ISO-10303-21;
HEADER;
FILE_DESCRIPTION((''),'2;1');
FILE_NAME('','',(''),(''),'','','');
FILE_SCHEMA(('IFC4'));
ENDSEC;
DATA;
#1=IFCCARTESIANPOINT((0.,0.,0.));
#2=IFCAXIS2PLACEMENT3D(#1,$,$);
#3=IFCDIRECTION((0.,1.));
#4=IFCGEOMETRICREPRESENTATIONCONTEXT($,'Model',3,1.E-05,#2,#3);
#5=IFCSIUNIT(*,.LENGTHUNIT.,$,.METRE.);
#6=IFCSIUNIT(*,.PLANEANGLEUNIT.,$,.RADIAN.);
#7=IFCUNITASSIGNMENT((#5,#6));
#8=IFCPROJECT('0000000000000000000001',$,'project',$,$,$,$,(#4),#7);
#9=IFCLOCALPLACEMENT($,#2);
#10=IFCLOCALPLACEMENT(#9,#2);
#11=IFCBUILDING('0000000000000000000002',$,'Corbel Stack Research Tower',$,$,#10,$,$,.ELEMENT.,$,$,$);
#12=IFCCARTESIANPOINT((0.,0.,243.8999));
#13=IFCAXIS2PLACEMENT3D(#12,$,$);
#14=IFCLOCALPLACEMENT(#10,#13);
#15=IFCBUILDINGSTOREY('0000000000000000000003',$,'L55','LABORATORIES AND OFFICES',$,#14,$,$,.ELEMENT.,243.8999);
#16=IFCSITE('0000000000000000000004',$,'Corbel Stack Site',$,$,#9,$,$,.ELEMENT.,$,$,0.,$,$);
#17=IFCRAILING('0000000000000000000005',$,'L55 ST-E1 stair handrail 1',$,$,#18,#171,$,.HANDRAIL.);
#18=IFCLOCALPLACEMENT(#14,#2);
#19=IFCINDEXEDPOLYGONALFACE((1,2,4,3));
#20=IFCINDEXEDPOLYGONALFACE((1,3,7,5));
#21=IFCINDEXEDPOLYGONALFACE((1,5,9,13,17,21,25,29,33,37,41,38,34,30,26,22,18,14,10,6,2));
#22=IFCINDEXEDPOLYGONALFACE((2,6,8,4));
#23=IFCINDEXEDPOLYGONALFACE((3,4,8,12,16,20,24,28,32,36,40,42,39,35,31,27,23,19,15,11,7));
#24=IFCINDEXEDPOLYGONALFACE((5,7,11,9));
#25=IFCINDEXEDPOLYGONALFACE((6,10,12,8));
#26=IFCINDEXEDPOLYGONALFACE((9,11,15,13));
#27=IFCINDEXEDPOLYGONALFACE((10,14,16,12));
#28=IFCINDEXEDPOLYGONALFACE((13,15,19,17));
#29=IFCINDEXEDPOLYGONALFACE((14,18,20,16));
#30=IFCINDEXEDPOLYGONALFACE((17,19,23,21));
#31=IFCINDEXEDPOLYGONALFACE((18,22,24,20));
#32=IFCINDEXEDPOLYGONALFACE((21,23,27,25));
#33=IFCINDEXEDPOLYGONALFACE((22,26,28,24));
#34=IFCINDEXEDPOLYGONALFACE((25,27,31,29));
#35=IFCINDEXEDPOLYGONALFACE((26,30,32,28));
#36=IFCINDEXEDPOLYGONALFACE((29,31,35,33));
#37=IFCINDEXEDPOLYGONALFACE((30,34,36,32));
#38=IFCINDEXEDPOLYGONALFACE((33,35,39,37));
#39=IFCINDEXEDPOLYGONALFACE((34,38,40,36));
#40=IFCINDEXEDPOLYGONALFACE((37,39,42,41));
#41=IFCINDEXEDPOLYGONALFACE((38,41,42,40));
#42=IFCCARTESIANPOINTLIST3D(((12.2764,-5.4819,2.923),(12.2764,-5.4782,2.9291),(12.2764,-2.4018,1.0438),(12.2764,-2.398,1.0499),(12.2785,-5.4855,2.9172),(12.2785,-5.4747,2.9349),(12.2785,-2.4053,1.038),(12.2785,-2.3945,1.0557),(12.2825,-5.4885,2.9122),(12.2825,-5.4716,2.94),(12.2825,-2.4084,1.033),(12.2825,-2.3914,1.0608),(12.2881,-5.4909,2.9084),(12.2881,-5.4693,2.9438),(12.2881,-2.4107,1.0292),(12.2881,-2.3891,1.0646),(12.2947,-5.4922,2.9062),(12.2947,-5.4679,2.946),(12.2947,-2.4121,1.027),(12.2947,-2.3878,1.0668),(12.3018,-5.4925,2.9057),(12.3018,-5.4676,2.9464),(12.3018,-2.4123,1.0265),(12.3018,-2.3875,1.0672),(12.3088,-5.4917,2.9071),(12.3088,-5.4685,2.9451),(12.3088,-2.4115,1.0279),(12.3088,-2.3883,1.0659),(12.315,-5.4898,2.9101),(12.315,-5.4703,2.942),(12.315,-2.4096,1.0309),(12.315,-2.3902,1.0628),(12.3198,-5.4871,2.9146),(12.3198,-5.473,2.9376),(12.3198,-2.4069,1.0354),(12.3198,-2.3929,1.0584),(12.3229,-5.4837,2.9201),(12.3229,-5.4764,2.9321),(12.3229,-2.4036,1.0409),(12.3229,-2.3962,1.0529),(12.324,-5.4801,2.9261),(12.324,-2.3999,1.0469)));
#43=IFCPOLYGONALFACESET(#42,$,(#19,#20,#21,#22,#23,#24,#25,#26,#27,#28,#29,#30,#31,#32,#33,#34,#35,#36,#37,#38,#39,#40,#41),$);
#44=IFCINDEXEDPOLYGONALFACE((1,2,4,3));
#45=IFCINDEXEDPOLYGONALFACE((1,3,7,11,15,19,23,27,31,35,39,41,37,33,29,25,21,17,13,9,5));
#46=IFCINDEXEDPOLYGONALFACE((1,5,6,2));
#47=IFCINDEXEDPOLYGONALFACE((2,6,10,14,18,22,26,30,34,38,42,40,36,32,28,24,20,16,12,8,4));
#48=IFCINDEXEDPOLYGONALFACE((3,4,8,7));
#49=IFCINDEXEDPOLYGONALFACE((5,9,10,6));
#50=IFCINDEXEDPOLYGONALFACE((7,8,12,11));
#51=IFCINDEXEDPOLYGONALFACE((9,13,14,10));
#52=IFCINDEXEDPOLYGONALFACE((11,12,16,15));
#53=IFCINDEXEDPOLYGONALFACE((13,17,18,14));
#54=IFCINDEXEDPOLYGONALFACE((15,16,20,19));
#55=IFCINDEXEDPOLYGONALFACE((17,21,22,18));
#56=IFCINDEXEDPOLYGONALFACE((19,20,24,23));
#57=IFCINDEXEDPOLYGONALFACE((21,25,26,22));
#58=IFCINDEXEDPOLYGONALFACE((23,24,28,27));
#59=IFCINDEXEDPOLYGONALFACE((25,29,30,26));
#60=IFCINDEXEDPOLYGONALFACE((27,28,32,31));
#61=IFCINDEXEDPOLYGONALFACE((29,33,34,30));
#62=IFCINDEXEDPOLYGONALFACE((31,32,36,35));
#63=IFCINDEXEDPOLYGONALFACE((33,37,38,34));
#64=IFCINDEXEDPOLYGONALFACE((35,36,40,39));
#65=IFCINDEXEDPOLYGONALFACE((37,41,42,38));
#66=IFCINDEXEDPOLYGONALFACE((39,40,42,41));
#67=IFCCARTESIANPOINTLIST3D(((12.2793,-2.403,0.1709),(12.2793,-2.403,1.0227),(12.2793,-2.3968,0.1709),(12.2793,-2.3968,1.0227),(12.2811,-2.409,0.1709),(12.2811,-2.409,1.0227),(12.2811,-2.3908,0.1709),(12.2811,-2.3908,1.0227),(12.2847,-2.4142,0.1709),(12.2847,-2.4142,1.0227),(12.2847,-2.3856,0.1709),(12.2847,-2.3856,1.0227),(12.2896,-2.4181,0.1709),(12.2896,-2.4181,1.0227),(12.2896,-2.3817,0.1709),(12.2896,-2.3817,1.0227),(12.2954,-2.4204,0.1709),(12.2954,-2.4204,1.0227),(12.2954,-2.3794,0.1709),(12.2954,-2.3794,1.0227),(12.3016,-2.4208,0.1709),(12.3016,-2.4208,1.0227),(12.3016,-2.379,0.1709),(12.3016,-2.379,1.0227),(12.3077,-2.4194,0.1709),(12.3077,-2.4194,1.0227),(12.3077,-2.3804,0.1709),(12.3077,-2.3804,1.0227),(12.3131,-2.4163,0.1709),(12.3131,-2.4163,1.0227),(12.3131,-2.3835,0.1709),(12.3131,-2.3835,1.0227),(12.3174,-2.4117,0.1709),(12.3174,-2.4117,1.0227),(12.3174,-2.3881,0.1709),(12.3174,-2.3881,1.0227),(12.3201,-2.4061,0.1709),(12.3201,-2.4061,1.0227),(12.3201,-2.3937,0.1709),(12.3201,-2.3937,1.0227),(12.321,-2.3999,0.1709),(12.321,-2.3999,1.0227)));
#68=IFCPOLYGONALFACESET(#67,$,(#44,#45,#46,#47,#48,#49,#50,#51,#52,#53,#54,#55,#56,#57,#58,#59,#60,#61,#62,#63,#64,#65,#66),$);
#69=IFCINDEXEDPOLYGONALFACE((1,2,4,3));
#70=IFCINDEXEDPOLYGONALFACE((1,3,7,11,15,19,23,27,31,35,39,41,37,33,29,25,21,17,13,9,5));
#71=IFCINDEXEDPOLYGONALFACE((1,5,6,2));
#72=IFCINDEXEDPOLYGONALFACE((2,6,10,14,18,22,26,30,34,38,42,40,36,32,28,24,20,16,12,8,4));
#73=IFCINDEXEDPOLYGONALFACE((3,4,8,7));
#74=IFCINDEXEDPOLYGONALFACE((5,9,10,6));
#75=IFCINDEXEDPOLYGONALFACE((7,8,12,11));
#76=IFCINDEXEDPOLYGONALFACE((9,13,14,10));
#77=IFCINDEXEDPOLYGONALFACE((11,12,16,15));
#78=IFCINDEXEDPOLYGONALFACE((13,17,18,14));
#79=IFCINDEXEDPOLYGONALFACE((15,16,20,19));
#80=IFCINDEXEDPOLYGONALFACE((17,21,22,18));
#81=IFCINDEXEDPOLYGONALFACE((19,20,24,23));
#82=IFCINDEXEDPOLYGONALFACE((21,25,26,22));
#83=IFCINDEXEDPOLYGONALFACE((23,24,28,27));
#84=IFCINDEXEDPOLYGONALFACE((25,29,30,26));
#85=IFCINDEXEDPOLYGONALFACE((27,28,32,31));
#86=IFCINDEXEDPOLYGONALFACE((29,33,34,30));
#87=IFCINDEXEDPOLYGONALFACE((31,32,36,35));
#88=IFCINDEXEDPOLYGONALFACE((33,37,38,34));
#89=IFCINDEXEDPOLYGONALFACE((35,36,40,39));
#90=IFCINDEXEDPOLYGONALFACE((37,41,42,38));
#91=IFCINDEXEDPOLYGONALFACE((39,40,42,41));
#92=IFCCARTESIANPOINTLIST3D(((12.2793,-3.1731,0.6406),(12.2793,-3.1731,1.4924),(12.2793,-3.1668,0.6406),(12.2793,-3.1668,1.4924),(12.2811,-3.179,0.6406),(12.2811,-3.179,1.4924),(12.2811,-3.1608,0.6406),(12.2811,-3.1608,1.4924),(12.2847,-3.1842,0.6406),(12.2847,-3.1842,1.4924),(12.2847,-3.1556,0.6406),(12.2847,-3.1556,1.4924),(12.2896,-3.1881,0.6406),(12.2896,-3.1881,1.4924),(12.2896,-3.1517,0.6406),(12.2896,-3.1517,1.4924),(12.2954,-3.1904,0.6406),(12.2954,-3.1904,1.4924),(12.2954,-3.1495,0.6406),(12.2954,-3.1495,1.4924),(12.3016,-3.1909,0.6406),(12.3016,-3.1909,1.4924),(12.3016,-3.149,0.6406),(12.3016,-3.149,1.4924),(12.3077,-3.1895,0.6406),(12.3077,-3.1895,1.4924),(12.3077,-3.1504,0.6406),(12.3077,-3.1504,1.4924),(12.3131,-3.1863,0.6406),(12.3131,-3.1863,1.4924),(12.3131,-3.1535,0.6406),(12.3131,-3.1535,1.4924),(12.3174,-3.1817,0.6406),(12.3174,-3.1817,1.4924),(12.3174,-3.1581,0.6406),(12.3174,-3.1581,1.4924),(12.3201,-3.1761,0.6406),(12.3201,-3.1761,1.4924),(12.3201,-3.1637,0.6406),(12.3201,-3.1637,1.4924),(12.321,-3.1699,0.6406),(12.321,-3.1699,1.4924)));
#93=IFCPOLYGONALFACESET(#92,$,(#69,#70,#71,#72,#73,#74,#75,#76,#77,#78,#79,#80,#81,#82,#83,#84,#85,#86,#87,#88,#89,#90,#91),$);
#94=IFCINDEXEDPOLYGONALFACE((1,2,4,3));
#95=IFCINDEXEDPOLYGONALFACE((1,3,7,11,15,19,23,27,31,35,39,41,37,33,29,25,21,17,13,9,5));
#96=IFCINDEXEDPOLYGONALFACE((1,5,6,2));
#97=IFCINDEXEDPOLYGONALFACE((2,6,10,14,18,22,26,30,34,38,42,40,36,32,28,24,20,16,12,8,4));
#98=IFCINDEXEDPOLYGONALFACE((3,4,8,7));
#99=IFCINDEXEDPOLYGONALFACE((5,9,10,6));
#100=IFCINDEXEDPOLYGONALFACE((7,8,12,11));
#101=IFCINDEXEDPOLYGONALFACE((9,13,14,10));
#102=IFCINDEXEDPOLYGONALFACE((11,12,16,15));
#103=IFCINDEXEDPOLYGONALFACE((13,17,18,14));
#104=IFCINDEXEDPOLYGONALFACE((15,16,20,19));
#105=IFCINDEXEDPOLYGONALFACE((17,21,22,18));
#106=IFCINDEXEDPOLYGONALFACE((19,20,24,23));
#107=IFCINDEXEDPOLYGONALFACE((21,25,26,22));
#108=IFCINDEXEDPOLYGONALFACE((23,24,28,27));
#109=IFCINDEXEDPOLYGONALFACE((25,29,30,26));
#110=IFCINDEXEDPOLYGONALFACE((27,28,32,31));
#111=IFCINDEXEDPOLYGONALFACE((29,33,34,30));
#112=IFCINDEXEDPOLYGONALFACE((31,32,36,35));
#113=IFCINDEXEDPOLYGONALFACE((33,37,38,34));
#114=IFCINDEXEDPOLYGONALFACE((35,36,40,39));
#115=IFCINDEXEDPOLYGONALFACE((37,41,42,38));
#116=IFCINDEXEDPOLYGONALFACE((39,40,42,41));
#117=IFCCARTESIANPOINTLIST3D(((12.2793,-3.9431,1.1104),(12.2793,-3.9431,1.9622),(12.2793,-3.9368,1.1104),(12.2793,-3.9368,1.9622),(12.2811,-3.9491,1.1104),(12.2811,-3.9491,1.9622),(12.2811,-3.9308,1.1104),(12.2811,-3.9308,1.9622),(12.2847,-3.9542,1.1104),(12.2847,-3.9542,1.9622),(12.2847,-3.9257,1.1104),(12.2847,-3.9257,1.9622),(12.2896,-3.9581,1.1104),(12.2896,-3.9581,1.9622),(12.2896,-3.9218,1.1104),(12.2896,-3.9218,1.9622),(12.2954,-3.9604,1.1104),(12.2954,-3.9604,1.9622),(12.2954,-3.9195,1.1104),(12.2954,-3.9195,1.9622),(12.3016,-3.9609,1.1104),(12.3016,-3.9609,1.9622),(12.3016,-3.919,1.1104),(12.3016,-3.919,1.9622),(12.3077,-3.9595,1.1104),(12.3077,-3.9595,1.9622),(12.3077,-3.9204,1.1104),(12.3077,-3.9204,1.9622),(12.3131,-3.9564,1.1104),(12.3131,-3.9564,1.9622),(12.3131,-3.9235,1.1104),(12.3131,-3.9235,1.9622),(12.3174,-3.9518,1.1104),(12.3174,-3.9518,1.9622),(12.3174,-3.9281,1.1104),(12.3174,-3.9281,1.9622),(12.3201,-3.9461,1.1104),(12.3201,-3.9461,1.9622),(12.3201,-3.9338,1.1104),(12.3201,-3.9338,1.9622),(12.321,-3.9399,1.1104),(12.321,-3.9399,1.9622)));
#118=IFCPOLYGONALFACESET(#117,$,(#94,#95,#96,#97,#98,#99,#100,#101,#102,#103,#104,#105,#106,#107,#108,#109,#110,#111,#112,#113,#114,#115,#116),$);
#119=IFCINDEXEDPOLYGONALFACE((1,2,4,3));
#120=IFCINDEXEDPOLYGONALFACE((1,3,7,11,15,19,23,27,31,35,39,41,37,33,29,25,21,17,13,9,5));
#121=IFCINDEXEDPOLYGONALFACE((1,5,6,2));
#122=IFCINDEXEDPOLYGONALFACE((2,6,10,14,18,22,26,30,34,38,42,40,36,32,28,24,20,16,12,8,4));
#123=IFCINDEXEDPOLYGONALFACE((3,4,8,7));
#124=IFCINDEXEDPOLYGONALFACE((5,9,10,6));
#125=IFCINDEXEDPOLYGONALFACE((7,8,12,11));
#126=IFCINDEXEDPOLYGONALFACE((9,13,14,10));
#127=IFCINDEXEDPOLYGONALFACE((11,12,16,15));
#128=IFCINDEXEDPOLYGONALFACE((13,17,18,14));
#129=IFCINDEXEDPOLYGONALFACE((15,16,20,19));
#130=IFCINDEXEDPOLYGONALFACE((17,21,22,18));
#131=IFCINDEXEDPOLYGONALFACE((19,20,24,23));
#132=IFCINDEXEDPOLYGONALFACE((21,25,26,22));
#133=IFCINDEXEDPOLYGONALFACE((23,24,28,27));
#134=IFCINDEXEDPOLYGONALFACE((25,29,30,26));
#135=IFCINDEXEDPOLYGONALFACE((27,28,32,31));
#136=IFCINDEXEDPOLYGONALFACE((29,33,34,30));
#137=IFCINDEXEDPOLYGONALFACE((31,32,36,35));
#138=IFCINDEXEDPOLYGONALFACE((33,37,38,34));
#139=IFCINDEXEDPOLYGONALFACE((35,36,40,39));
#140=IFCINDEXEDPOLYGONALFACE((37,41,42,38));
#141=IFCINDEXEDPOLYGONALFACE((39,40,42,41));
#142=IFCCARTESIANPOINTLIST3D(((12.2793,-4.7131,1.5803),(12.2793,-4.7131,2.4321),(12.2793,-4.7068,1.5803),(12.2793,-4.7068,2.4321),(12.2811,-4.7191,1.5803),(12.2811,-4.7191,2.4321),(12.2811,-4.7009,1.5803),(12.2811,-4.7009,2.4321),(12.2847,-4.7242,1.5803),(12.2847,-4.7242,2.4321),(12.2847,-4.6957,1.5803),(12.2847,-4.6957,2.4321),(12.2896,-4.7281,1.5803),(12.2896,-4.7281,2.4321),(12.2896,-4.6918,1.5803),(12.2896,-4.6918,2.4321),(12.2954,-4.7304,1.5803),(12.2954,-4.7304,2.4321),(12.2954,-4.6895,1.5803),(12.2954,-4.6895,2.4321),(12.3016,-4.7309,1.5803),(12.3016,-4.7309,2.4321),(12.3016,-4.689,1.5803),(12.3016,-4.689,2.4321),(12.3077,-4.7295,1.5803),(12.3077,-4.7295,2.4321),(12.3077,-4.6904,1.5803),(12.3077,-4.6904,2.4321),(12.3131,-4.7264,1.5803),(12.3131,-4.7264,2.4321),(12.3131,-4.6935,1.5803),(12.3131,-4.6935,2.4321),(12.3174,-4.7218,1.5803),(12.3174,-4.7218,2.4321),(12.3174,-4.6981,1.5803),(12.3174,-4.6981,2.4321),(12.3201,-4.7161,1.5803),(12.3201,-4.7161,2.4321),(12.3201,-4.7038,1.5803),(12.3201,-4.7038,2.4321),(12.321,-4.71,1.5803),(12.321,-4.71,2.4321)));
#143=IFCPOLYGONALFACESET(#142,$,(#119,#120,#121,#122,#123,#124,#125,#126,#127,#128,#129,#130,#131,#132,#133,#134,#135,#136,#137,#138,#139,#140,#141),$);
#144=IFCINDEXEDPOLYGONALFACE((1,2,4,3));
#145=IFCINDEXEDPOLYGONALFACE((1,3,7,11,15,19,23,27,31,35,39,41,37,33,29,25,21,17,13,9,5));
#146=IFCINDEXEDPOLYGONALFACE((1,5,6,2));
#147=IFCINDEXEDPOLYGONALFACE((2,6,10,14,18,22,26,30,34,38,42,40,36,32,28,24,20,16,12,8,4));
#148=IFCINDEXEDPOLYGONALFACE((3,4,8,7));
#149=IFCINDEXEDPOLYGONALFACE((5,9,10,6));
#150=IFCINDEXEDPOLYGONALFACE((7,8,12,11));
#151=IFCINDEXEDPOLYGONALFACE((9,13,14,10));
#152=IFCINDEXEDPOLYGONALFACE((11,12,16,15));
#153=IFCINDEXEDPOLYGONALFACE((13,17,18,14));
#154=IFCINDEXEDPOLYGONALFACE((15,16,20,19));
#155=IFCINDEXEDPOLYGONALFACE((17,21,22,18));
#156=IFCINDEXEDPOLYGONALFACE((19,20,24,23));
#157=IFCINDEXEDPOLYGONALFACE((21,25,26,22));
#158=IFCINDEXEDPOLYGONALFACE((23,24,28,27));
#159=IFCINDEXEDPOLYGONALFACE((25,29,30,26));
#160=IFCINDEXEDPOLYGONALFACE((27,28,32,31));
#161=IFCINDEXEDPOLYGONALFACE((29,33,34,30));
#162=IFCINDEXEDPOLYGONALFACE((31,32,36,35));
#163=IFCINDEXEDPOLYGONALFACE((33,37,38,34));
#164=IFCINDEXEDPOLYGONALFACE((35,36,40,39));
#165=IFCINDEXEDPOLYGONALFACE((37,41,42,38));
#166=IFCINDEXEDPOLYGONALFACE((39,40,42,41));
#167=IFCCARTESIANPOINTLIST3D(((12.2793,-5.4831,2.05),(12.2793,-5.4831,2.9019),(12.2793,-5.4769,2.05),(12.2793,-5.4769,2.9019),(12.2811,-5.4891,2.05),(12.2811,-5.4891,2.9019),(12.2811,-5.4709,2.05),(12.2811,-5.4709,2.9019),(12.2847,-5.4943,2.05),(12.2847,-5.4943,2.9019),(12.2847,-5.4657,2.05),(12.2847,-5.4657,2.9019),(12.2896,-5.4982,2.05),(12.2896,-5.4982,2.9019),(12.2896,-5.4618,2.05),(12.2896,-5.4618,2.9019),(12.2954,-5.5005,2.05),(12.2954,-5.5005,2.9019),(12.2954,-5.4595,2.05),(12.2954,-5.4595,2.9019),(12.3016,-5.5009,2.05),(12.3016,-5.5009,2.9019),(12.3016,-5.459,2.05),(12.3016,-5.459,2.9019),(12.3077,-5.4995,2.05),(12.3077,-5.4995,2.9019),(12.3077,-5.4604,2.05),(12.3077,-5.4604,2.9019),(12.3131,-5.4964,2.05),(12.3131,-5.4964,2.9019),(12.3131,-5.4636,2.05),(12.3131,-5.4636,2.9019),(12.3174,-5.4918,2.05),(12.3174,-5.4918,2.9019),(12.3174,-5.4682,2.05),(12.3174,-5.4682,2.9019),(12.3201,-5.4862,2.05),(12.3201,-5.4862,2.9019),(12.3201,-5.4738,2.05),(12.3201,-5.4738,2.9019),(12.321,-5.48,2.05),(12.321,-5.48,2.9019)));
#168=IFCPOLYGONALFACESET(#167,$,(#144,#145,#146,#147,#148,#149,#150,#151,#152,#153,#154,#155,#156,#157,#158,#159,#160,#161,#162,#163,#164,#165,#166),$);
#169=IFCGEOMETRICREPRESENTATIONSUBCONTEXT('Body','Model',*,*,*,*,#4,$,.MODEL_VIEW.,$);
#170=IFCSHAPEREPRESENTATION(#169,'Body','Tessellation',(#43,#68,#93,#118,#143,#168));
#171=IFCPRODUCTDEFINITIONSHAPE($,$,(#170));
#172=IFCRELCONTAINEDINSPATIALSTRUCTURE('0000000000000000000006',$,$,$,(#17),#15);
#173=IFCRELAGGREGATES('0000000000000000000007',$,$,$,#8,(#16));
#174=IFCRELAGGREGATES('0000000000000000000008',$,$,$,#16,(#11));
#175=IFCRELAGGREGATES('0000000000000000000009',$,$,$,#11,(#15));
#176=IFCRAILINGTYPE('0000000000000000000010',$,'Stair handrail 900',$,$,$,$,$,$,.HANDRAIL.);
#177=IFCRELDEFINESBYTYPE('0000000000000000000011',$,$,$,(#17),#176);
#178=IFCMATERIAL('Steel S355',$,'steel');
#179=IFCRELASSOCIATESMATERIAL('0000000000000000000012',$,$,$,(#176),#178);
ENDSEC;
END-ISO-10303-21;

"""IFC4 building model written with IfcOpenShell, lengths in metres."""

from ifc_helpers import new_model, si_unit, direction, frame, origin, origin_2d, place, context, subcontext, project, spatial, circle, extrude, material, type_object, element, save


model = new_model("IFC4")

# Units and contexts
model_context = context("Model", 3, precision=1e-05, world=origin(), true_north=direction((0.0, 1.0)))
body_context = subcontext(model_context, "Body", "Model", "MODEL_VIEW")
ifc_project = project(units=[si_unit("LENGTHUNIT", "METRE"), si_unit("PLANEANGLEUNIT", "RADIAN")], contexts=[model_context])

# Site, building, storey
site_placement = place(None, origin())
site = spatial("IfcSite", under=ifc_project, at=site_placement, Name="Corbel Stack Site", CompositionType="ELEMENT", RefElevation=0.0)
building_placement = place(site_placement, origin())
building = spatial("IfcBuilding", under=site, at=building_placement, Name="Corbel Stack Research Tower", CompositionType="ELEMENT")
storey_placement = place(building_placement, frame((0.0, 0.0, 243.8999)))
storey = spatial("IfcBuildingStorey", under=building, at=storey_placement, Name="L55", Description="LABORATORIES AND OFFICES", CompositionType="ELEMENT", Elevation=243.8999)

# Railing
ifc_material_1 = material(Name="Steel S355", Category="steel")
railing_type_1 = type_object("IfcRailingType", Name="Stair handrail 900", PredefinedType="HANDRAIL", material=ifc_material_1)
railing_1_placement = place(storey_placement, frame((12.3, -2.3999, 0.1709)))
element("IfcRailing", 1, at=railing_1_placement, inside=storey, type_object=railing_type_1, Name="L55 ST-E1 stair handrail 1", PredefinedType="HANDRAIL", context=body_context, shape_type="SweptSolid", body=[
    extrude(circle(Radius=0.0239, at=origin_2d()), frame((0.0, 0.0, 0.876), z_axis=(0.0, -0.853666, 0.52082), x_axis=(1.0, 0.0, 0.0)), (0.0, 0.0, 1.0), 3.6082),
    extrude(circle(Radius=0.021, at=origin_2d()), origin(), (0.0, 0.0, 1.0), 0.8518),
    extrude(circle(Radius=0.021, at=origin_2d()), frame((0.0, -0.77, 0.4697)), (0.0, 0.0, 1.0), 0.8518),
    extrude(circle(Radius=0.021, at=origin_2d()), frame((0.0, -1.54, 0.9395)), (0.0, 0.0, 1.0), 0.8518),
    extrude(circle(Radius=0.021, at=origin_2d()), frame((0.0, -2.3101, 1.4094)), (0.0, 0.0, 1.0), 0.8518),
    extrude(circle(Radius=0.021, at=origin_2d()), frame((0.0, -3.0801, 1.8792)), (0.0, 0.0, 1.0), 0.8518),
])

save(model, "model.ifc")
